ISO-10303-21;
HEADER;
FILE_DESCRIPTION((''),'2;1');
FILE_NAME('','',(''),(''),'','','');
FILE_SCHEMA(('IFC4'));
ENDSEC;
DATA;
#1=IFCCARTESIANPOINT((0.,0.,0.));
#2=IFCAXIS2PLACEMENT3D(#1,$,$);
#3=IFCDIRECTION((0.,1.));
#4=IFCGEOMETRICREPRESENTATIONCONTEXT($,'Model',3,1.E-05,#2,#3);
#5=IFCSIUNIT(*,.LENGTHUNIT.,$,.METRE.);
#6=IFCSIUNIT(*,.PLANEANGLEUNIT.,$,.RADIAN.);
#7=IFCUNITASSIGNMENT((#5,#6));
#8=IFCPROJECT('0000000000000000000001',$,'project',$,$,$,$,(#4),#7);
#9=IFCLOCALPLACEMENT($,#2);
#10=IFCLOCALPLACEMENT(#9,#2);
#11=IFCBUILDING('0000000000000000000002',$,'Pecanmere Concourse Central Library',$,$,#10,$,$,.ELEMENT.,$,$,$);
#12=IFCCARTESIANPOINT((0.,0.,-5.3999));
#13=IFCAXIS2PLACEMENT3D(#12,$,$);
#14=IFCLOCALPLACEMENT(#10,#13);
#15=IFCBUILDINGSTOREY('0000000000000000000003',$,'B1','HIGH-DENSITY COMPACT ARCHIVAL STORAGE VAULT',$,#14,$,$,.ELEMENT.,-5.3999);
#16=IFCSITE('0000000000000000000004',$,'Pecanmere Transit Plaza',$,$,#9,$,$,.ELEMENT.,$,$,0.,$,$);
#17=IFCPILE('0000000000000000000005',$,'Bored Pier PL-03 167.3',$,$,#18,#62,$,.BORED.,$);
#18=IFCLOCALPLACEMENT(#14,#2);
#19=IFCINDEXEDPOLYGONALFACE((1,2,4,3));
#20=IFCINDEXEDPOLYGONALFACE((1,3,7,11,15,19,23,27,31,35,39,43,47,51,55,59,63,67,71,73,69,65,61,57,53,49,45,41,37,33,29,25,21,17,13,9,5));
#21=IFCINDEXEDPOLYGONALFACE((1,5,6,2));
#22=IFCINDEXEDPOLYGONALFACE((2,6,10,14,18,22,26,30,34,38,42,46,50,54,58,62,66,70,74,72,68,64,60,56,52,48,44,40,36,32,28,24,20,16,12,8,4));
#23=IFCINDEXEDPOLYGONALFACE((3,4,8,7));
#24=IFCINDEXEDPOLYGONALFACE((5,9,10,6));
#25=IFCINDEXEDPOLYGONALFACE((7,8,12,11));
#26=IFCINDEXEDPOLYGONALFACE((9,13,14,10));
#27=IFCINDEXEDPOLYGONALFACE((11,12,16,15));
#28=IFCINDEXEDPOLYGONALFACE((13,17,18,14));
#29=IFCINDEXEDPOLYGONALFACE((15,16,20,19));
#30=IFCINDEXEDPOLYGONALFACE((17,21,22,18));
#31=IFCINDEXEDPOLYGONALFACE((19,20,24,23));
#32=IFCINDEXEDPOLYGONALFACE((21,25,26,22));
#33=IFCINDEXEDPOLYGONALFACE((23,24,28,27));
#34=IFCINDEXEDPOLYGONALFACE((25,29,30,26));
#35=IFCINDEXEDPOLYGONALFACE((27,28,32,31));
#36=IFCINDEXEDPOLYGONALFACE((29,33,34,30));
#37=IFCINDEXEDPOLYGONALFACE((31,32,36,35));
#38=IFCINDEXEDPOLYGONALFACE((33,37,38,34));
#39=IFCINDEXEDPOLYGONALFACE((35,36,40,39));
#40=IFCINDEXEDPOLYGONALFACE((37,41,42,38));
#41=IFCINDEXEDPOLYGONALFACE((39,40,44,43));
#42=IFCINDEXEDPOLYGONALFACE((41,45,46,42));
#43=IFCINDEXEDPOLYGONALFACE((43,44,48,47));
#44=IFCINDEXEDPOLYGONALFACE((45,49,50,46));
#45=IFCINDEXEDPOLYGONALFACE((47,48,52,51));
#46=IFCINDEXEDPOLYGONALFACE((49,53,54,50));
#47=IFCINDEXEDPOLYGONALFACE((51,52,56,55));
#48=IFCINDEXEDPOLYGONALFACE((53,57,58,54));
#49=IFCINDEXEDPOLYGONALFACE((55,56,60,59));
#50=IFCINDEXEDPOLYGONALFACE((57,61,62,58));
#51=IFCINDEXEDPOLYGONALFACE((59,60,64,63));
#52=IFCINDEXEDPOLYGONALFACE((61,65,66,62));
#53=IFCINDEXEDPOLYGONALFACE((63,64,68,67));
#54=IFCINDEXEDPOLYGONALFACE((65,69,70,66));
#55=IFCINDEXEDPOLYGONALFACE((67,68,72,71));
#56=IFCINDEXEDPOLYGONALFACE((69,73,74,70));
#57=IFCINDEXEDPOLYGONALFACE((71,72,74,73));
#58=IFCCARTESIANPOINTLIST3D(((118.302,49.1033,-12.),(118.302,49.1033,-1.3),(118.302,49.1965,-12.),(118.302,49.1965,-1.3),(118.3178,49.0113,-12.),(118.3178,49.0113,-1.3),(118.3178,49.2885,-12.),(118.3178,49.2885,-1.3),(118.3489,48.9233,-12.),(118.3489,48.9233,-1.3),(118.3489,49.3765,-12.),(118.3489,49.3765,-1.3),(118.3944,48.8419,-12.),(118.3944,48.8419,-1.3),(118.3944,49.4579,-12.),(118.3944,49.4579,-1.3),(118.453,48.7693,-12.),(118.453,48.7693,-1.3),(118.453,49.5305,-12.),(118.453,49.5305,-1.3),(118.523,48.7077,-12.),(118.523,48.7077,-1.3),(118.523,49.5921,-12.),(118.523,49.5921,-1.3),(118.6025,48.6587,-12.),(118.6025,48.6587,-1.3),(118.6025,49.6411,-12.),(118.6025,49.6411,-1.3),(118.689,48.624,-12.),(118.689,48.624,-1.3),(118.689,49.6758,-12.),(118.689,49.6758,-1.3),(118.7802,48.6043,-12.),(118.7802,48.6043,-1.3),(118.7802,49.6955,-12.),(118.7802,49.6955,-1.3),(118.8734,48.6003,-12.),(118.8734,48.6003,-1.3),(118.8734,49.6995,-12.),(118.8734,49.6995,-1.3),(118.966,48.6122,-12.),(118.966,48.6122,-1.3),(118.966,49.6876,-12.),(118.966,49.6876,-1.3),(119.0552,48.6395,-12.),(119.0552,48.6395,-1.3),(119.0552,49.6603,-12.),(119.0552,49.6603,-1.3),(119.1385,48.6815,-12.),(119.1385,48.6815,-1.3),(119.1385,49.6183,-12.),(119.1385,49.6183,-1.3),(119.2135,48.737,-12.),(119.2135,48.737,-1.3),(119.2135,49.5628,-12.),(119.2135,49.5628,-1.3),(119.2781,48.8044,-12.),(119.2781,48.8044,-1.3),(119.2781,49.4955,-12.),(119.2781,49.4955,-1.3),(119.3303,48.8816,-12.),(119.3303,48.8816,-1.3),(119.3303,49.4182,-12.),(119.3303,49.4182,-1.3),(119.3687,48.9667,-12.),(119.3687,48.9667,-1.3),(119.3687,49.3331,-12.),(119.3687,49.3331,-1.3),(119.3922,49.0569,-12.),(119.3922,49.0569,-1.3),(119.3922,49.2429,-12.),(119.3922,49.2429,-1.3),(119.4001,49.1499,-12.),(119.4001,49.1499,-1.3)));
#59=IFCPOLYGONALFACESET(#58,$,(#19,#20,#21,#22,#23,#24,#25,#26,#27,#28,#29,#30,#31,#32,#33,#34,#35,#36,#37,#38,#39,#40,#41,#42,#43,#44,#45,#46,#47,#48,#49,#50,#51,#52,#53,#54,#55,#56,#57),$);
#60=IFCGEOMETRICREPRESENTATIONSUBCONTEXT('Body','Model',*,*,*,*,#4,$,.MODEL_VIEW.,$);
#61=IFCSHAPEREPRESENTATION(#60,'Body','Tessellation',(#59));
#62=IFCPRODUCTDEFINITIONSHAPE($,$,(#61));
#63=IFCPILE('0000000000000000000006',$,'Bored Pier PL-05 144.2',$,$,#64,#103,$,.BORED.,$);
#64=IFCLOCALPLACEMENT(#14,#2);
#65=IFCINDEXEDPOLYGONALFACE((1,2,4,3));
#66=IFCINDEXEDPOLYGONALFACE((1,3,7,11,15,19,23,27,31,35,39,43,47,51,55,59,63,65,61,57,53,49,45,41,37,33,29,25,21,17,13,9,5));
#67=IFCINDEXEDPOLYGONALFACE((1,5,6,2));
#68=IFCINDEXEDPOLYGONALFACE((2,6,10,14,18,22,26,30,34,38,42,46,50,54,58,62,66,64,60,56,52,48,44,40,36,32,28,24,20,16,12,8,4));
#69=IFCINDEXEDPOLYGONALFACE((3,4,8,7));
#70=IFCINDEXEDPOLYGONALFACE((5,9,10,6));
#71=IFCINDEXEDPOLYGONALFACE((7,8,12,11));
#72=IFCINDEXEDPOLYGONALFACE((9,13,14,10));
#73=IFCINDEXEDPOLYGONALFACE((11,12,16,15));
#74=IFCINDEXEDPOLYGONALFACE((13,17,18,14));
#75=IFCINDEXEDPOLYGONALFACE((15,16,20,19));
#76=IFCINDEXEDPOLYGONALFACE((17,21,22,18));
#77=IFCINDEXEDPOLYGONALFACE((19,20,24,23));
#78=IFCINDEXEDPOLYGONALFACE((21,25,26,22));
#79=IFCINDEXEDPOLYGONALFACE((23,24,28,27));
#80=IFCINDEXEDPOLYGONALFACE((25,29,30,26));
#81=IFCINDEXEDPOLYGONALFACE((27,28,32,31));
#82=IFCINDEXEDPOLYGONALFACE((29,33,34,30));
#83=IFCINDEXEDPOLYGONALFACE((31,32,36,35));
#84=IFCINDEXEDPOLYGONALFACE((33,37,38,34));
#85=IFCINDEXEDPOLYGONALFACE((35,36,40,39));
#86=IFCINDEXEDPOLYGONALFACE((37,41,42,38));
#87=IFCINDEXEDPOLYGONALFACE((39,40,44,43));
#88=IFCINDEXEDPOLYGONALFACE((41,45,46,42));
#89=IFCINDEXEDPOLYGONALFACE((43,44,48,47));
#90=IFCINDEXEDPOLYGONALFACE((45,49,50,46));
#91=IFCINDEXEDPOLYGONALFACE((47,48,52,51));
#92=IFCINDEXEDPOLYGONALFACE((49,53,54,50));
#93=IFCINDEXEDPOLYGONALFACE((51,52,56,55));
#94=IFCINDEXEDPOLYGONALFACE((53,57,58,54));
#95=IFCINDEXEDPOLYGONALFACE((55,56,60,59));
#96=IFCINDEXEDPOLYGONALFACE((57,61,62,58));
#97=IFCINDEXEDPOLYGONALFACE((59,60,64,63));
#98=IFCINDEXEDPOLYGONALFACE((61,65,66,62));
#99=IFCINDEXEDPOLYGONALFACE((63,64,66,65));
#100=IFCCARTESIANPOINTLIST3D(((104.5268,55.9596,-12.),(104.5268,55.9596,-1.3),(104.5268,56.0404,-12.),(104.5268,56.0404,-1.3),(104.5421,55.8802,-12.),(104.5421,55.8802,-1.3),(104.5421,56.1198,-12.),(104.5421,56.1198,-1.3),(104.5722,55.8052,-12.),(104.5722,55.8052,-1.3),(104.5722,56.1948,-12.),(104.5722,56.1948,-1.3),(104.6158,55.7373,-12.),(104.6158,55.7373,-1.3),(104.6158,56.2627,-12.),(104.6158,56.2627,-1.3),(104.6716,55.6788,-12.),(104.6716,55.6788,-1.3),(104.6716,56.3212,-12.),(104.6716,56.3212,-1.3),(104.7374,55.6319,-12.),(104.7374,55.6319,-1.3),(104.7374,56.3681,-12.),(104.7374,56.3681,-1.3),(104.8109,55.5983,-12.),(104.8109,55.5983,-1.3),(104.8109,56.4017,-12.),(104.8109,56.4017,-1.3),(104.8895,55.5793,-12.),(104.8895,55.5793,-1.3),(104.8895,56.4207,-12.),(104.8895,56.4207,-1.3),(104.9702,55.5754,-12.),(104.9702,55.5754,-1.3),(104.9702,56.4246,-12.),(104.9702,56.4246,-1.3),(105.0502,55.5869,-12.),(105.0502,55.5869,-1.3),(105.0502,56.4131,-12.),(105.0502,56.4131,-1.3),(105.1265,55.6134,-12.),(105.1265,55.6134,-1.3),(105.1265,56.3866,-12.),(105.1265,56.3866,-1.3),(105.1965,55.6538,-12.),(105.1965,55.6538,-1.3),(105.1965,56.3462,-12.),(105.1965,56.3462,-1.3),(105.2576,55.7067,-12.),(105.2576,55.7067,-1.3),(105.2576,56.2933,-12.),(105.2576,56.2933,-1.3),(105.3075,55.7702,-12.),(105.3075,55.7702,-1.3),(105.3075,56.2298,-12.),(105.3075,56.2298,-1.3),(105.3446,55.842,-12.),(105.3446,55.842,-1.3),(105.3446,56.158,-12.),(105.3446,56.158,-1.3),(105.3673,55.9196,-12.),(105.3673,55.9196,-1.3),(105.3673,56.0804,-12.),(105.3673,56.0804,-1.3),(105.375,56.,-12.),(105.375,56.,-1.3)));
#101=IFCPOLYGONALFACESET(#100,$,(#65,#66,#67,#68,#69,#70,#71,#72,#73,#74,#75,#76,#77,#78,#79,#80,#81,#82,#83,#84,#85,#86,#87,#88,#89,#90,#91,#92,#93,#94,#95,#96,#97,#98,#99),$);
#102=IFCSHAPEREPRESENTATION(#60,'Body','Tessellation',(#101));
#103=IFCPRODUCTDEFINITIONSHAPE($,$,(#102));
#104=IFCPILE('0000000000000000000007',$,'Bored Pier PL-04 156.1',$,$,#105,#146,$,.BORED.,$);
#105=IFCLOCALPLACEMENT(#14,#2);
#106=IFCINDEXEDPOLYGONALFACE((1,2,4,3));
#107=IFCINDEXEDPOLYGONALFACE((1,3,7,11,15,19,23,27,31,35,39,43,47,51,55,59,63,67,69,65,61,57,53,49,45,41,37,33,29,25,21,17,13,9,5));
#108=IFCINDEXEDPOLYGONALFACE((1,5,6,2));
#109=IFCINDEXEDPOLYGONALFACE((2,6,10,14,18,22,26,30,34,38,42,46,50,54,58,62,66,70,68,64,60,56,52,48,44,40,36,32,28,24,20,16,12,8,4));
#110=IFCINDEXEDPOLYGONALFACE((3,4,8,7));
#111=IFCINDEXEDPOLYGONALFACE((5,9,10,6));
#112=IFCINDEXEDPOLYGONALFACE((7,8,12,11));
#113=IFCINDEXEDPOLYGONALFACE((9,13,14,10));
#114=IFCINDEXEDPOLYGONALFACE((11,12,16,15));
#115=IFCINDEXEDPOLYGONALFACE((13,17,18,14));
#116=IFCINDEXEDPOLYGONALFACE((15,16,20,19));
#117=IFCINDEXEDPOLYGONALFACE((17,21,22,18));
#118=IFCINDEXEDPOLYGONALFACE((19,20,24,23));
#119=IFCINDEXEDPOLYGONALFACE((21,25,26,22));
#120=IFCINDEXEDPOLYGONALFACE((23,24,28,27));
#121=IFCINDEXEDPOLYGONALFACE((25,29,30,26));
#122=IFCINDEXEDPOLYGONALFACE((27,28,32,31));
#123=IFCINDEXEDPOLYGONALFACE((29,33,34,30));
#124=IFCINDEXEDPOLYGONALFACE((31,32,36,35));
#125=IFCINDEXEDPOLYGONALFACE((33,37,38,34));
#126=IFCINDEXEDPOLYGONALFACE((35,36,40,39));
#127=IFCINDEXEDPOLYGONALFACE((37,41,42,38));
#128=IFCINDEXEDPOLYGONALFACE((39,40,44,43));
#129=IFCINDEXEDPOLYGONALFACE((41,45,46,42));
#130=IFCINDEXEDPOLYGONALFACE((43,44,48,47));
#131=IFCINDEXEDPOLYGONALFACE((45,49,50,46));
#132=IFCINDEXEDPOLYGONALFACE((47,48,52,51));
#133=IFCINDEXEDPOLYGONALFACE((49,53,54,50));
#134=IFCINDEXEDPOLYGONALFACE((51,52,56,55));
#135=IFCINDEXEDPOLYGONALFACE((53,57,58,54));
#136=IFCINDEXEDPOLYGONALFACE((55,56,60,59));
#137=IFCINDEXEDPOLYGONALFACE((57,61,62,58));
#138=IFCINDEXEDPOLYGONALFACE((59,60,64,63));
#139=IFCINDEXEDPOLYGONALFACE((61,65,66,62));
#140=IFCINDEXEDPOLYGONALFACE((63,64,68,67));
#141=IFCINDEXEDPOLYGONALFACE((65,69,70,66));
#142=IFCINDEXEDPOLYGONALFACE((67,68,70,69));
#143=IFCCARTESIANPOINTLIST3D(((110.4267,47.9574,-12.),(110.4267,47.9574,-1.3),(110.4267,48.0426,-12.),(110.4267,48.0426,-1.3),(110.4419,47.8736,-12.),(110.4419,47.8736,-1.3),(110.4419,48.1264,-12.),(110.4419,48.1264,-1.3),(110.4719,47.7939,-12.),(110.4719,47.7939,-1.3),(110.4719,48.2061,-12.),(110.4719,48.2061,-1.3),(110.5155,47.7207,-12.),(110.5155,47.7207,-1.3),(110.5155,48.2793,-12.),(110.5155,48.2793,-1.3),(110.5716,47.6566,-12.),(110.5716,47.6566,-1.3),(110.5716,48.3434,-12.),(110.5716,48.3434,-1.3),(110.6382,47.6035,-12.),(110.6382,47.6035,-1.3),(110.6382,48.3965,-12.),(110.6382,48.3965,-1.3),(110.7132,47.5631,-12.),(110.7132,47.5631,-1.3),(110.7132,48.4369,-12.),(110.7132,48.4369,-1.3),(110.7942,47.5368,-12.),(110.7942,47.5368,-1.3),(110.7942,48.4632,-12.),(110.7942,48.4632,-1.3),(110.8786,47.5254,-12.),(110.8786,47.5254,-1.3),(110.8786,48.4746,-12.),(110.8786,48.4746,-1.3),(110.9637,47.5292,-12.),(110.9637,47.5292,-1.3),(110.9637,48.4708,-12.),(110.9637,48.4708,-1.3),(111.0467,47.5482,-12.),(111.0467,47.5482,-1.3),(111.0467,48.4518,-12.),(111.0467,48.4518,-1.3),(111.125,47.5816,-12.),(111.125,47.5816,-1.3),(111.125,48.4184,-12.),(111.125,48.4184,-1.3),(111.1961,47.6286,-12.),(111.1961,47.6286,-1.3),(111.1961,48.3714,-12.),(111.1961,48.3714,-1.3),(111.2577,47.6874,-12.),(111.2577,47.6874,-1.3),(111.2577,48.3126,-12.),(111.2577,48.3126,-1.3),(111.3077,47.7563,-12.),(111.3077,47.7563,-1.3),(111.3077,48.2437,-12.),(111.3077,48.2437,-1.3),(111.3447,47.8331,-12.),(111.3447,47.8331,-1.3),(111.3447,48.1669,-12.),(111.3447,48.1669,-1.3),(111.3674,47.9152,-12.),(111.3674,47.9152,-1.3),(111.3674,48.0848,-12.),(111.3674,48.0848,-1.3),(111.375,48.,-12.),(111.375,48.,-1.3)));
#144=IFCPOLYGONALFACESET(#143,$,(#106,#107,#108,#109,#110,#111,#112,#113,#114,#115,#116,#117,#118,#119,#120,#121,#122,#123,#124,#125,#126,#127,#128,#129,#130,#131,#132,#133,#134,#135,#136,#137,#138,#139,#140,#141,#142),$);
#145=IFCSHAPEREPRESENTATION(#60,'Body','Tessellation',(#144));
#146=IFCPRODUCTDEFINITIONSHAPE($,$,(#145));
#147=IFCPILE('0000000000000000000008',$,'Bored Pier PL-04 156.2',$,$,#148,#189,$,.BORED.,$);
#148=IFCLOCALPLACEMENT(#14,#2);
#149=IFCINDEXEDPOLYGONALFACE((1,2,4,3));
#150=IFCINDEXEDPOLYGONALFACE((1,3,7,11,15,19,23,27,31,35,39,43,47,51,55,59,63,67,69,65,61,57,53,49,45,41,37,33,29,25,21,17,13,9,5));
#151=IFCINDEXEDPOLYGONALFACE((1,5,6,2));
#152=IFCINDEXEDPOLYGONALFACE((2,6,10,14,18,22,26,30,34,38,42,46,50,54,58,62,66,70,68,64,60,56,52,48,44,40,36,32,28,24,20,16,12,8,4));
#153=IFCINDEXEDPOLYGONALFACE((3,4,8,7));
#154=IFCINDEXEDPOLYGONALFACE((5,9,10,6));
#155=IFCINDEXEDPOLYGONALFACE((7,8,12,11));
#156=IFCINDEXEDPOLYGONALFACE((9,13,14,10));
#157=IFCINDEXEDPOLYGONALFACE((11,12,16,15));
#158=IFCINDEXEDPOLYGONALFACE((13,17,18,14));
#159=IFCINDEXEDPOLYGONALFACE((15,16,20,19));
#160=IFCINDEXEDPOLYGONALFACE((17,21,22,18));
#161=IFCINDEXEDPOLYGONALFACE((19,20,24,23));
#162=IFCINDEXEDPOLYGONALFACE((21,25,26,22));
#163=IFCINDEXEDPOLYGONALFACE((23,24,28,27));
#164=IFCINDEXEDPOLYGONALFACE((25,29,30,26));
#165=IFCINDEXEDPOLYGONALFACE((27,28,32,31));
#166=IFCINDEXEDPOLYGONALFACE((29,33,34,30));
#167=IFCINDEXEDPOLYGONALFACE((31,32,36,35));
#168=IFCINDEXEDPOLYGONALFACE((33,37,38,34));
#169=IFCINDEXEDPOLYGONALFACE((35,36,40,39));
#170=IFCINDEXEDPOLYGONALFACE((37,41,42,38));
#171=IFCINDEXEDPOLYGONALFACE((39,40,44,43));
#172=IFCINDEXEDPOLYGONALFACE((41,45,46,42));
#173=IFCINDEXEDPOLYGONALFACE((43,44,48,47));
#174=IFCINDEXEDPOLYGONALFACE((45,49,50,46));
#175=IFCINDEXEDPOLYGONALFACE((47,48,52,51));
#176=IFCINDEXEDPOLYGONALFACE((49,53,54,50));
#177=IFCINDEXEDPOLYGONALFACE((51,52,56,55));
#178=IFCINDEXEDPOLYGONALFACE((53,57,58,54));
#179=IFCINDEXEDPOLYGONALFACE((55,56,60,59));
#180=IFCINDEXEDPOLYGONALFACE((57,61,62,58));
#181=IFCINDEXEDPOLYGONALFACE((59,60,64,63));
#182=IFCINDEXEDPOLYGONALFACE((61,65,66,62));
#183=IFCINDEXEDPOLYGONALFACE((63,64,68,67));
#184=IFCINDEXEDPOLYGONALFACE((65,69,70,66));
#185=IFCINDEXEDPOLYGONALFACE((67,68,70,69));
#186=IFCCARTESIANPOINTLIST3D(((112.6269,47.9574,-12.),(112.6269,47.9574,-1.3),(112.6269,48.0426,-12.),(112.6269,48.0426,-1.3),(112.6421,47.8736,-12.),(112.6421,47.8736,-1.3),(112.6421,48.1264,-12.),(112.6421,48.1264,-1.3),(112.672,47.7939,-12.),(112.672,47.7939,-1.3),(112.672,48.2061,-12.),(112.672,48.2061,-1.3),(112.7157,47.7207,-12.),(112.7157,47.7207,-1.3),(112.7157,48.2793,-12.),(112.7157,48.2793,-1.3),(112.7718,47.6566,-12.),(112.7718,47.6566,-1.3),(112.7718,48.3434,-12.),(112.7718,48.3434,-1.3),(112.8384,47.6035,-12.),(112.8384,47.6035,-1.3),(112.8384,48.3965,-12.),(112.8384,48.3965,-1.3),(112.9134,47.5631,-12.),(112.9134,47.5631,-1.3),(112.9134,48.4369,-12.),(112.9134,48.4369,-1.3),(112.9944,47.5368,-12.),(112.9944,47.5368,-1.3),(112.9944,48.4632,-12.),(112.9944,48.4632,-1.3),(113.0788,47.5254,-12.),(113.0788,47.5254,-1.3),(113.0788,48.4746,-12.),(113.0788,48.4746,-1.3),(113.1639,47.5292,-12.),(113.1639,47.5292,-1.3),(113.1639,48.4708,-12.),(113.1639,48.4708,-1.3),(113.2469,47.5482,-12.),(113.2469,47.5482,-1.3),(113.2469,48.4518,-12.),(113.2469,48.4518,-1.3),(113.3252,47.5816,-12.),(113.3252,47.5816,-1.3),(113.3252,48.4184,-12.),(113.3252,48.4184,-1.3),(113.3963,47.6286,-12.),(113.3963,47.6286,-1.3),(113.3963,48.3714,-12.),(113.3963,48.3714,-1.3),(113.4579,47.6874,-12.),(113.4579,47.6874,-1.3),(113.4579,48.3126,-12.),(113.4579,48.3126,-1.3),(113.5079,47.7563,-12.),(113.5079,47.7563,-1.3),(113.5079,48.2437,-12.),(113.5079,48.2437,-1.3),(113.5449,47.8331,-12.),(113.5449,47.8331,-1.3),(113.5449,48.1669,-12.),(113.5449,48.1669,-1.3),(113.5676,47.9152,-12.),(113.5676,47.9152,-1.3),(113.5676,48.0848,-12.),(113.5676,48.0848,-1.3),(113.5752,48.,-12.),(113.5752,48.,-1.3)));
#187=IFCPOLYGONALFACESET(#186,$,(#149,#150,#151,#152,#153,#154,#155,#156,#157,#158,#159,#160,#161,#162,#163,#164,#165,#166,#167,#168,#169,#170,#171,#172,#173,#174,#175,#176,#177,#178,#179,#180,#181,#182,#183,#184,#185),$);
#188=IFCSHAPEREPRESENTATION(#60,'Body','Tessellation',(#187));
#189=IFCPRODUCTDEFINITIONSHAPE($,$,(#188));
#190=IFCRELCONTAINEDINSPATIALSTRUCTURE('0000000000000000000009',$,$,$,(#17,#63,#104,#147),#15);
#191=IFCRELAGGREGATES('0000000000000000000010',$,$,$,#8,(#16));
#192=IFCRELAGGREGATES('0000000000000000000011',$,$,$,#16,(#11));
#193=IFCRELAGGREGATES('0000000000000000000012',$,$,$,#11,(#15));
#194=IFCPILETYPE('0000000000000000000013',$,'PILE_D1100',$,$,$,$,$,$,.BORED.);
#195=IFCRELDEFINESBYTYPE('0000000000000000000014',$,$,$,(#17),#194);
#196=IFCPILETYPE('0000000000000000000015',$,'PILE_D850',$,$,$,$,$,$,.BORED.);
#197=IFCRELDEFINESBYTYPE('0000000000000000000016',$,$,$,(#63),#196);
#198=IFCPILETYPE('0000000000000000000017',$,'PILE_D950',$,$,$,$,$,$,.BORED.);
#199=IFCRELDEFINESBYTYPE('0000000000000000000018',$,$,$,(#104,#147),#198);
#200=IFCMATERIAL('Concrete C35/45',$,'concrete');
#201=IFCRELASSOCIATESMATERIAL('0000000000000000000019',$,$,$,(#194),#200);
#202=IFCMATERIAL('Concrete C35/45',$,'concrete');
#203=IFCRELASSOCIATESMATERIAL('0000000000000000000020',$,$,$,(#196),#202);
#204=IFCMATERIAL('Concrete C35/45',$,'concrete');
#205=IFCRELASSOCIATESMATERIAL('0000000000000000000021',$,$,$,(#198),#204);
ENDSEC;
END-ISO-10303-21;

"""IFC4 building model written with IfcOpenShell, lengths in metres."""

from ifc_helpers import new_model, si_unit, direction, frame, origin, origin_2d, place, context, subcontext, project, spatial, circle, extrude, material, material_profile, profile_set, type_object, element, save


model = new_model("IFC4")

# Units and contexts
model_context = context("Model", 3, precision=1e-05, world=origin(), true_north=direction((0.0, 1.0)))
body_context = subcontext(model_context, "Body", "Model", "MODEL_VIEW")
ifc_project = project(units=[si_unit("LENGTHUNIT", "METRE"), si_unit("PLANEANGLEUNIT", "RADIAN")], contexts=[model_context])

# Site, building, storey
site_placement = place(None, origin())
site = spatial("IfcSite", under=ifc_project, at=site_placement, Name="Pecanmere Transit Plaza", CompositionType="ELEMENT", RefElevation=0.0)
building_placement = place(site_placement, origin())
building = spatial("IfcBuilding", under=site, at=building_placement, Name="Pecanmere Concourse Central Library", CompositionType="ELEMENT")
storey_placement = place(building_placement, frame((0.0, 0.0, -5.3999)))
storey = spatial("IfcBuildingStorey", under=building, at=storey_placement, Name="B1", Description="HIGH-DENSITY COMPACT ARCHIVAL STORAGE VAULT", CompositionType="ELEMENT", Elevation=-5.3999)

# Piles
ifc_material_1 = material(Name="Concrete C35/45", Category="concrete")
ifc_material_profile_1 = material_profile(ifc_material_1, circle(Radius=0.55, at=origin_2d()), Name="PIER D1100")
ifc_profile_set_1 = profile_set([ifc_material_profile_1], Name="Concrete C35/45")
pile_type_1 = type_object("IfcPileType", Name="PILE_D1100", PredefinedType="BORED", material=ifc_profile_set_1)
for number, where, z_axis, x_axis, name in (
    (1, (118.8501, 49.1499, -1.3), (0.0, 0.0, -1.0), (1.0, 0.0, 0.0), "Bored Pier PL-03 167.3"),
):
    element("IfcPile", number, at=place(storey_placement, frame(where, z_axis=z_axis, x_axis=x_axis)), inside=storey, type_object=pile_type_1, Name=name, PredefinedType="BORED", context=body_context, shape_type="SweptSolid", body=[
        extrude(circle(Radius=0.55, at=origin_2d()), origin(), (0.0, 0.0, 1.0), 10.7),
    ])
ifc_material_2 = material(Name="Concrete C35/45", Category="concrete")
ifc_material_profile_2 = material_profile(ifc_material_2, circle(Radius=0.425, at=origin_2d()), Name="PIER D850")
ifc_profile_set_2 = profile_set([ifc_material_profile_2], Name="Concrete C35/45")
pile_type_2 = type_object("IfcPileType", Name="PILE_D850", PredefinedType="BORED", material=ifc_profile_set_2)
pile_placement = place(storey_placement, frame((104.95, 56.0, -1.3), z_axis=(0.0, 0.0, -1.0), x_axis=(1.0, 0.0, 0.0)))
element("IfcPile", 2, at=pile_placement, inside=storey, type_object=pile_type_2, Name="Bored Pier PL-05 144.2", PredefinedType="BORED", context=body_context, shape_type="SweptSolid", body=[
    extrude(circle(Radius=0.425, at=origin_2d()), origin(), (0.0, 0.0, 1.0), 10.7),
])
ifc_material_3 = material(Name="Concrete C35/45", Category="concrete")
ifc_material_profile_3 = material_profile(ifc_material_3, circle(Radius=0.4751, at=origin_2d()), Name="PIER D950")
ifc_profile_set_3 = profile_set([ifc_material_profile_3], Name="Concrete C35/45")
pile_type_3 = type_object("IfcPileType", Name="PILE_D950", PredefinedType="BORED", material=ifc_profile_set_3)
for number, where, z_axis, x_axis, name in (
    (3, (110.8999, 48.0, -1.3), (0.0, 0.0, -1.0), (1.0, 0.0, 0.0), "Bored Pier PL-04 156.1"),
    (4, (113.1001, 48.0, -1.3), (0.0, 0.0, -1.0), (1.0, 0.0, 0.0), "Bored Pier PL-04 156.2"),
):
    element("IfcPile", number, at=place(storey_placement, frame(where, z_axis=z_axis, x_axis=x_axis)), inside=storey, type_object=pile_type_3, Name=name, PredefinedType="BORED", context=body_context, shape_type="SweptSolid", body=[
        extrude(circle(Radius=0.4751, at=origin_2d()), origin(), (0.0, 0.0, 1.0), 10.7),
    ])

save(model, "model.ifc")
